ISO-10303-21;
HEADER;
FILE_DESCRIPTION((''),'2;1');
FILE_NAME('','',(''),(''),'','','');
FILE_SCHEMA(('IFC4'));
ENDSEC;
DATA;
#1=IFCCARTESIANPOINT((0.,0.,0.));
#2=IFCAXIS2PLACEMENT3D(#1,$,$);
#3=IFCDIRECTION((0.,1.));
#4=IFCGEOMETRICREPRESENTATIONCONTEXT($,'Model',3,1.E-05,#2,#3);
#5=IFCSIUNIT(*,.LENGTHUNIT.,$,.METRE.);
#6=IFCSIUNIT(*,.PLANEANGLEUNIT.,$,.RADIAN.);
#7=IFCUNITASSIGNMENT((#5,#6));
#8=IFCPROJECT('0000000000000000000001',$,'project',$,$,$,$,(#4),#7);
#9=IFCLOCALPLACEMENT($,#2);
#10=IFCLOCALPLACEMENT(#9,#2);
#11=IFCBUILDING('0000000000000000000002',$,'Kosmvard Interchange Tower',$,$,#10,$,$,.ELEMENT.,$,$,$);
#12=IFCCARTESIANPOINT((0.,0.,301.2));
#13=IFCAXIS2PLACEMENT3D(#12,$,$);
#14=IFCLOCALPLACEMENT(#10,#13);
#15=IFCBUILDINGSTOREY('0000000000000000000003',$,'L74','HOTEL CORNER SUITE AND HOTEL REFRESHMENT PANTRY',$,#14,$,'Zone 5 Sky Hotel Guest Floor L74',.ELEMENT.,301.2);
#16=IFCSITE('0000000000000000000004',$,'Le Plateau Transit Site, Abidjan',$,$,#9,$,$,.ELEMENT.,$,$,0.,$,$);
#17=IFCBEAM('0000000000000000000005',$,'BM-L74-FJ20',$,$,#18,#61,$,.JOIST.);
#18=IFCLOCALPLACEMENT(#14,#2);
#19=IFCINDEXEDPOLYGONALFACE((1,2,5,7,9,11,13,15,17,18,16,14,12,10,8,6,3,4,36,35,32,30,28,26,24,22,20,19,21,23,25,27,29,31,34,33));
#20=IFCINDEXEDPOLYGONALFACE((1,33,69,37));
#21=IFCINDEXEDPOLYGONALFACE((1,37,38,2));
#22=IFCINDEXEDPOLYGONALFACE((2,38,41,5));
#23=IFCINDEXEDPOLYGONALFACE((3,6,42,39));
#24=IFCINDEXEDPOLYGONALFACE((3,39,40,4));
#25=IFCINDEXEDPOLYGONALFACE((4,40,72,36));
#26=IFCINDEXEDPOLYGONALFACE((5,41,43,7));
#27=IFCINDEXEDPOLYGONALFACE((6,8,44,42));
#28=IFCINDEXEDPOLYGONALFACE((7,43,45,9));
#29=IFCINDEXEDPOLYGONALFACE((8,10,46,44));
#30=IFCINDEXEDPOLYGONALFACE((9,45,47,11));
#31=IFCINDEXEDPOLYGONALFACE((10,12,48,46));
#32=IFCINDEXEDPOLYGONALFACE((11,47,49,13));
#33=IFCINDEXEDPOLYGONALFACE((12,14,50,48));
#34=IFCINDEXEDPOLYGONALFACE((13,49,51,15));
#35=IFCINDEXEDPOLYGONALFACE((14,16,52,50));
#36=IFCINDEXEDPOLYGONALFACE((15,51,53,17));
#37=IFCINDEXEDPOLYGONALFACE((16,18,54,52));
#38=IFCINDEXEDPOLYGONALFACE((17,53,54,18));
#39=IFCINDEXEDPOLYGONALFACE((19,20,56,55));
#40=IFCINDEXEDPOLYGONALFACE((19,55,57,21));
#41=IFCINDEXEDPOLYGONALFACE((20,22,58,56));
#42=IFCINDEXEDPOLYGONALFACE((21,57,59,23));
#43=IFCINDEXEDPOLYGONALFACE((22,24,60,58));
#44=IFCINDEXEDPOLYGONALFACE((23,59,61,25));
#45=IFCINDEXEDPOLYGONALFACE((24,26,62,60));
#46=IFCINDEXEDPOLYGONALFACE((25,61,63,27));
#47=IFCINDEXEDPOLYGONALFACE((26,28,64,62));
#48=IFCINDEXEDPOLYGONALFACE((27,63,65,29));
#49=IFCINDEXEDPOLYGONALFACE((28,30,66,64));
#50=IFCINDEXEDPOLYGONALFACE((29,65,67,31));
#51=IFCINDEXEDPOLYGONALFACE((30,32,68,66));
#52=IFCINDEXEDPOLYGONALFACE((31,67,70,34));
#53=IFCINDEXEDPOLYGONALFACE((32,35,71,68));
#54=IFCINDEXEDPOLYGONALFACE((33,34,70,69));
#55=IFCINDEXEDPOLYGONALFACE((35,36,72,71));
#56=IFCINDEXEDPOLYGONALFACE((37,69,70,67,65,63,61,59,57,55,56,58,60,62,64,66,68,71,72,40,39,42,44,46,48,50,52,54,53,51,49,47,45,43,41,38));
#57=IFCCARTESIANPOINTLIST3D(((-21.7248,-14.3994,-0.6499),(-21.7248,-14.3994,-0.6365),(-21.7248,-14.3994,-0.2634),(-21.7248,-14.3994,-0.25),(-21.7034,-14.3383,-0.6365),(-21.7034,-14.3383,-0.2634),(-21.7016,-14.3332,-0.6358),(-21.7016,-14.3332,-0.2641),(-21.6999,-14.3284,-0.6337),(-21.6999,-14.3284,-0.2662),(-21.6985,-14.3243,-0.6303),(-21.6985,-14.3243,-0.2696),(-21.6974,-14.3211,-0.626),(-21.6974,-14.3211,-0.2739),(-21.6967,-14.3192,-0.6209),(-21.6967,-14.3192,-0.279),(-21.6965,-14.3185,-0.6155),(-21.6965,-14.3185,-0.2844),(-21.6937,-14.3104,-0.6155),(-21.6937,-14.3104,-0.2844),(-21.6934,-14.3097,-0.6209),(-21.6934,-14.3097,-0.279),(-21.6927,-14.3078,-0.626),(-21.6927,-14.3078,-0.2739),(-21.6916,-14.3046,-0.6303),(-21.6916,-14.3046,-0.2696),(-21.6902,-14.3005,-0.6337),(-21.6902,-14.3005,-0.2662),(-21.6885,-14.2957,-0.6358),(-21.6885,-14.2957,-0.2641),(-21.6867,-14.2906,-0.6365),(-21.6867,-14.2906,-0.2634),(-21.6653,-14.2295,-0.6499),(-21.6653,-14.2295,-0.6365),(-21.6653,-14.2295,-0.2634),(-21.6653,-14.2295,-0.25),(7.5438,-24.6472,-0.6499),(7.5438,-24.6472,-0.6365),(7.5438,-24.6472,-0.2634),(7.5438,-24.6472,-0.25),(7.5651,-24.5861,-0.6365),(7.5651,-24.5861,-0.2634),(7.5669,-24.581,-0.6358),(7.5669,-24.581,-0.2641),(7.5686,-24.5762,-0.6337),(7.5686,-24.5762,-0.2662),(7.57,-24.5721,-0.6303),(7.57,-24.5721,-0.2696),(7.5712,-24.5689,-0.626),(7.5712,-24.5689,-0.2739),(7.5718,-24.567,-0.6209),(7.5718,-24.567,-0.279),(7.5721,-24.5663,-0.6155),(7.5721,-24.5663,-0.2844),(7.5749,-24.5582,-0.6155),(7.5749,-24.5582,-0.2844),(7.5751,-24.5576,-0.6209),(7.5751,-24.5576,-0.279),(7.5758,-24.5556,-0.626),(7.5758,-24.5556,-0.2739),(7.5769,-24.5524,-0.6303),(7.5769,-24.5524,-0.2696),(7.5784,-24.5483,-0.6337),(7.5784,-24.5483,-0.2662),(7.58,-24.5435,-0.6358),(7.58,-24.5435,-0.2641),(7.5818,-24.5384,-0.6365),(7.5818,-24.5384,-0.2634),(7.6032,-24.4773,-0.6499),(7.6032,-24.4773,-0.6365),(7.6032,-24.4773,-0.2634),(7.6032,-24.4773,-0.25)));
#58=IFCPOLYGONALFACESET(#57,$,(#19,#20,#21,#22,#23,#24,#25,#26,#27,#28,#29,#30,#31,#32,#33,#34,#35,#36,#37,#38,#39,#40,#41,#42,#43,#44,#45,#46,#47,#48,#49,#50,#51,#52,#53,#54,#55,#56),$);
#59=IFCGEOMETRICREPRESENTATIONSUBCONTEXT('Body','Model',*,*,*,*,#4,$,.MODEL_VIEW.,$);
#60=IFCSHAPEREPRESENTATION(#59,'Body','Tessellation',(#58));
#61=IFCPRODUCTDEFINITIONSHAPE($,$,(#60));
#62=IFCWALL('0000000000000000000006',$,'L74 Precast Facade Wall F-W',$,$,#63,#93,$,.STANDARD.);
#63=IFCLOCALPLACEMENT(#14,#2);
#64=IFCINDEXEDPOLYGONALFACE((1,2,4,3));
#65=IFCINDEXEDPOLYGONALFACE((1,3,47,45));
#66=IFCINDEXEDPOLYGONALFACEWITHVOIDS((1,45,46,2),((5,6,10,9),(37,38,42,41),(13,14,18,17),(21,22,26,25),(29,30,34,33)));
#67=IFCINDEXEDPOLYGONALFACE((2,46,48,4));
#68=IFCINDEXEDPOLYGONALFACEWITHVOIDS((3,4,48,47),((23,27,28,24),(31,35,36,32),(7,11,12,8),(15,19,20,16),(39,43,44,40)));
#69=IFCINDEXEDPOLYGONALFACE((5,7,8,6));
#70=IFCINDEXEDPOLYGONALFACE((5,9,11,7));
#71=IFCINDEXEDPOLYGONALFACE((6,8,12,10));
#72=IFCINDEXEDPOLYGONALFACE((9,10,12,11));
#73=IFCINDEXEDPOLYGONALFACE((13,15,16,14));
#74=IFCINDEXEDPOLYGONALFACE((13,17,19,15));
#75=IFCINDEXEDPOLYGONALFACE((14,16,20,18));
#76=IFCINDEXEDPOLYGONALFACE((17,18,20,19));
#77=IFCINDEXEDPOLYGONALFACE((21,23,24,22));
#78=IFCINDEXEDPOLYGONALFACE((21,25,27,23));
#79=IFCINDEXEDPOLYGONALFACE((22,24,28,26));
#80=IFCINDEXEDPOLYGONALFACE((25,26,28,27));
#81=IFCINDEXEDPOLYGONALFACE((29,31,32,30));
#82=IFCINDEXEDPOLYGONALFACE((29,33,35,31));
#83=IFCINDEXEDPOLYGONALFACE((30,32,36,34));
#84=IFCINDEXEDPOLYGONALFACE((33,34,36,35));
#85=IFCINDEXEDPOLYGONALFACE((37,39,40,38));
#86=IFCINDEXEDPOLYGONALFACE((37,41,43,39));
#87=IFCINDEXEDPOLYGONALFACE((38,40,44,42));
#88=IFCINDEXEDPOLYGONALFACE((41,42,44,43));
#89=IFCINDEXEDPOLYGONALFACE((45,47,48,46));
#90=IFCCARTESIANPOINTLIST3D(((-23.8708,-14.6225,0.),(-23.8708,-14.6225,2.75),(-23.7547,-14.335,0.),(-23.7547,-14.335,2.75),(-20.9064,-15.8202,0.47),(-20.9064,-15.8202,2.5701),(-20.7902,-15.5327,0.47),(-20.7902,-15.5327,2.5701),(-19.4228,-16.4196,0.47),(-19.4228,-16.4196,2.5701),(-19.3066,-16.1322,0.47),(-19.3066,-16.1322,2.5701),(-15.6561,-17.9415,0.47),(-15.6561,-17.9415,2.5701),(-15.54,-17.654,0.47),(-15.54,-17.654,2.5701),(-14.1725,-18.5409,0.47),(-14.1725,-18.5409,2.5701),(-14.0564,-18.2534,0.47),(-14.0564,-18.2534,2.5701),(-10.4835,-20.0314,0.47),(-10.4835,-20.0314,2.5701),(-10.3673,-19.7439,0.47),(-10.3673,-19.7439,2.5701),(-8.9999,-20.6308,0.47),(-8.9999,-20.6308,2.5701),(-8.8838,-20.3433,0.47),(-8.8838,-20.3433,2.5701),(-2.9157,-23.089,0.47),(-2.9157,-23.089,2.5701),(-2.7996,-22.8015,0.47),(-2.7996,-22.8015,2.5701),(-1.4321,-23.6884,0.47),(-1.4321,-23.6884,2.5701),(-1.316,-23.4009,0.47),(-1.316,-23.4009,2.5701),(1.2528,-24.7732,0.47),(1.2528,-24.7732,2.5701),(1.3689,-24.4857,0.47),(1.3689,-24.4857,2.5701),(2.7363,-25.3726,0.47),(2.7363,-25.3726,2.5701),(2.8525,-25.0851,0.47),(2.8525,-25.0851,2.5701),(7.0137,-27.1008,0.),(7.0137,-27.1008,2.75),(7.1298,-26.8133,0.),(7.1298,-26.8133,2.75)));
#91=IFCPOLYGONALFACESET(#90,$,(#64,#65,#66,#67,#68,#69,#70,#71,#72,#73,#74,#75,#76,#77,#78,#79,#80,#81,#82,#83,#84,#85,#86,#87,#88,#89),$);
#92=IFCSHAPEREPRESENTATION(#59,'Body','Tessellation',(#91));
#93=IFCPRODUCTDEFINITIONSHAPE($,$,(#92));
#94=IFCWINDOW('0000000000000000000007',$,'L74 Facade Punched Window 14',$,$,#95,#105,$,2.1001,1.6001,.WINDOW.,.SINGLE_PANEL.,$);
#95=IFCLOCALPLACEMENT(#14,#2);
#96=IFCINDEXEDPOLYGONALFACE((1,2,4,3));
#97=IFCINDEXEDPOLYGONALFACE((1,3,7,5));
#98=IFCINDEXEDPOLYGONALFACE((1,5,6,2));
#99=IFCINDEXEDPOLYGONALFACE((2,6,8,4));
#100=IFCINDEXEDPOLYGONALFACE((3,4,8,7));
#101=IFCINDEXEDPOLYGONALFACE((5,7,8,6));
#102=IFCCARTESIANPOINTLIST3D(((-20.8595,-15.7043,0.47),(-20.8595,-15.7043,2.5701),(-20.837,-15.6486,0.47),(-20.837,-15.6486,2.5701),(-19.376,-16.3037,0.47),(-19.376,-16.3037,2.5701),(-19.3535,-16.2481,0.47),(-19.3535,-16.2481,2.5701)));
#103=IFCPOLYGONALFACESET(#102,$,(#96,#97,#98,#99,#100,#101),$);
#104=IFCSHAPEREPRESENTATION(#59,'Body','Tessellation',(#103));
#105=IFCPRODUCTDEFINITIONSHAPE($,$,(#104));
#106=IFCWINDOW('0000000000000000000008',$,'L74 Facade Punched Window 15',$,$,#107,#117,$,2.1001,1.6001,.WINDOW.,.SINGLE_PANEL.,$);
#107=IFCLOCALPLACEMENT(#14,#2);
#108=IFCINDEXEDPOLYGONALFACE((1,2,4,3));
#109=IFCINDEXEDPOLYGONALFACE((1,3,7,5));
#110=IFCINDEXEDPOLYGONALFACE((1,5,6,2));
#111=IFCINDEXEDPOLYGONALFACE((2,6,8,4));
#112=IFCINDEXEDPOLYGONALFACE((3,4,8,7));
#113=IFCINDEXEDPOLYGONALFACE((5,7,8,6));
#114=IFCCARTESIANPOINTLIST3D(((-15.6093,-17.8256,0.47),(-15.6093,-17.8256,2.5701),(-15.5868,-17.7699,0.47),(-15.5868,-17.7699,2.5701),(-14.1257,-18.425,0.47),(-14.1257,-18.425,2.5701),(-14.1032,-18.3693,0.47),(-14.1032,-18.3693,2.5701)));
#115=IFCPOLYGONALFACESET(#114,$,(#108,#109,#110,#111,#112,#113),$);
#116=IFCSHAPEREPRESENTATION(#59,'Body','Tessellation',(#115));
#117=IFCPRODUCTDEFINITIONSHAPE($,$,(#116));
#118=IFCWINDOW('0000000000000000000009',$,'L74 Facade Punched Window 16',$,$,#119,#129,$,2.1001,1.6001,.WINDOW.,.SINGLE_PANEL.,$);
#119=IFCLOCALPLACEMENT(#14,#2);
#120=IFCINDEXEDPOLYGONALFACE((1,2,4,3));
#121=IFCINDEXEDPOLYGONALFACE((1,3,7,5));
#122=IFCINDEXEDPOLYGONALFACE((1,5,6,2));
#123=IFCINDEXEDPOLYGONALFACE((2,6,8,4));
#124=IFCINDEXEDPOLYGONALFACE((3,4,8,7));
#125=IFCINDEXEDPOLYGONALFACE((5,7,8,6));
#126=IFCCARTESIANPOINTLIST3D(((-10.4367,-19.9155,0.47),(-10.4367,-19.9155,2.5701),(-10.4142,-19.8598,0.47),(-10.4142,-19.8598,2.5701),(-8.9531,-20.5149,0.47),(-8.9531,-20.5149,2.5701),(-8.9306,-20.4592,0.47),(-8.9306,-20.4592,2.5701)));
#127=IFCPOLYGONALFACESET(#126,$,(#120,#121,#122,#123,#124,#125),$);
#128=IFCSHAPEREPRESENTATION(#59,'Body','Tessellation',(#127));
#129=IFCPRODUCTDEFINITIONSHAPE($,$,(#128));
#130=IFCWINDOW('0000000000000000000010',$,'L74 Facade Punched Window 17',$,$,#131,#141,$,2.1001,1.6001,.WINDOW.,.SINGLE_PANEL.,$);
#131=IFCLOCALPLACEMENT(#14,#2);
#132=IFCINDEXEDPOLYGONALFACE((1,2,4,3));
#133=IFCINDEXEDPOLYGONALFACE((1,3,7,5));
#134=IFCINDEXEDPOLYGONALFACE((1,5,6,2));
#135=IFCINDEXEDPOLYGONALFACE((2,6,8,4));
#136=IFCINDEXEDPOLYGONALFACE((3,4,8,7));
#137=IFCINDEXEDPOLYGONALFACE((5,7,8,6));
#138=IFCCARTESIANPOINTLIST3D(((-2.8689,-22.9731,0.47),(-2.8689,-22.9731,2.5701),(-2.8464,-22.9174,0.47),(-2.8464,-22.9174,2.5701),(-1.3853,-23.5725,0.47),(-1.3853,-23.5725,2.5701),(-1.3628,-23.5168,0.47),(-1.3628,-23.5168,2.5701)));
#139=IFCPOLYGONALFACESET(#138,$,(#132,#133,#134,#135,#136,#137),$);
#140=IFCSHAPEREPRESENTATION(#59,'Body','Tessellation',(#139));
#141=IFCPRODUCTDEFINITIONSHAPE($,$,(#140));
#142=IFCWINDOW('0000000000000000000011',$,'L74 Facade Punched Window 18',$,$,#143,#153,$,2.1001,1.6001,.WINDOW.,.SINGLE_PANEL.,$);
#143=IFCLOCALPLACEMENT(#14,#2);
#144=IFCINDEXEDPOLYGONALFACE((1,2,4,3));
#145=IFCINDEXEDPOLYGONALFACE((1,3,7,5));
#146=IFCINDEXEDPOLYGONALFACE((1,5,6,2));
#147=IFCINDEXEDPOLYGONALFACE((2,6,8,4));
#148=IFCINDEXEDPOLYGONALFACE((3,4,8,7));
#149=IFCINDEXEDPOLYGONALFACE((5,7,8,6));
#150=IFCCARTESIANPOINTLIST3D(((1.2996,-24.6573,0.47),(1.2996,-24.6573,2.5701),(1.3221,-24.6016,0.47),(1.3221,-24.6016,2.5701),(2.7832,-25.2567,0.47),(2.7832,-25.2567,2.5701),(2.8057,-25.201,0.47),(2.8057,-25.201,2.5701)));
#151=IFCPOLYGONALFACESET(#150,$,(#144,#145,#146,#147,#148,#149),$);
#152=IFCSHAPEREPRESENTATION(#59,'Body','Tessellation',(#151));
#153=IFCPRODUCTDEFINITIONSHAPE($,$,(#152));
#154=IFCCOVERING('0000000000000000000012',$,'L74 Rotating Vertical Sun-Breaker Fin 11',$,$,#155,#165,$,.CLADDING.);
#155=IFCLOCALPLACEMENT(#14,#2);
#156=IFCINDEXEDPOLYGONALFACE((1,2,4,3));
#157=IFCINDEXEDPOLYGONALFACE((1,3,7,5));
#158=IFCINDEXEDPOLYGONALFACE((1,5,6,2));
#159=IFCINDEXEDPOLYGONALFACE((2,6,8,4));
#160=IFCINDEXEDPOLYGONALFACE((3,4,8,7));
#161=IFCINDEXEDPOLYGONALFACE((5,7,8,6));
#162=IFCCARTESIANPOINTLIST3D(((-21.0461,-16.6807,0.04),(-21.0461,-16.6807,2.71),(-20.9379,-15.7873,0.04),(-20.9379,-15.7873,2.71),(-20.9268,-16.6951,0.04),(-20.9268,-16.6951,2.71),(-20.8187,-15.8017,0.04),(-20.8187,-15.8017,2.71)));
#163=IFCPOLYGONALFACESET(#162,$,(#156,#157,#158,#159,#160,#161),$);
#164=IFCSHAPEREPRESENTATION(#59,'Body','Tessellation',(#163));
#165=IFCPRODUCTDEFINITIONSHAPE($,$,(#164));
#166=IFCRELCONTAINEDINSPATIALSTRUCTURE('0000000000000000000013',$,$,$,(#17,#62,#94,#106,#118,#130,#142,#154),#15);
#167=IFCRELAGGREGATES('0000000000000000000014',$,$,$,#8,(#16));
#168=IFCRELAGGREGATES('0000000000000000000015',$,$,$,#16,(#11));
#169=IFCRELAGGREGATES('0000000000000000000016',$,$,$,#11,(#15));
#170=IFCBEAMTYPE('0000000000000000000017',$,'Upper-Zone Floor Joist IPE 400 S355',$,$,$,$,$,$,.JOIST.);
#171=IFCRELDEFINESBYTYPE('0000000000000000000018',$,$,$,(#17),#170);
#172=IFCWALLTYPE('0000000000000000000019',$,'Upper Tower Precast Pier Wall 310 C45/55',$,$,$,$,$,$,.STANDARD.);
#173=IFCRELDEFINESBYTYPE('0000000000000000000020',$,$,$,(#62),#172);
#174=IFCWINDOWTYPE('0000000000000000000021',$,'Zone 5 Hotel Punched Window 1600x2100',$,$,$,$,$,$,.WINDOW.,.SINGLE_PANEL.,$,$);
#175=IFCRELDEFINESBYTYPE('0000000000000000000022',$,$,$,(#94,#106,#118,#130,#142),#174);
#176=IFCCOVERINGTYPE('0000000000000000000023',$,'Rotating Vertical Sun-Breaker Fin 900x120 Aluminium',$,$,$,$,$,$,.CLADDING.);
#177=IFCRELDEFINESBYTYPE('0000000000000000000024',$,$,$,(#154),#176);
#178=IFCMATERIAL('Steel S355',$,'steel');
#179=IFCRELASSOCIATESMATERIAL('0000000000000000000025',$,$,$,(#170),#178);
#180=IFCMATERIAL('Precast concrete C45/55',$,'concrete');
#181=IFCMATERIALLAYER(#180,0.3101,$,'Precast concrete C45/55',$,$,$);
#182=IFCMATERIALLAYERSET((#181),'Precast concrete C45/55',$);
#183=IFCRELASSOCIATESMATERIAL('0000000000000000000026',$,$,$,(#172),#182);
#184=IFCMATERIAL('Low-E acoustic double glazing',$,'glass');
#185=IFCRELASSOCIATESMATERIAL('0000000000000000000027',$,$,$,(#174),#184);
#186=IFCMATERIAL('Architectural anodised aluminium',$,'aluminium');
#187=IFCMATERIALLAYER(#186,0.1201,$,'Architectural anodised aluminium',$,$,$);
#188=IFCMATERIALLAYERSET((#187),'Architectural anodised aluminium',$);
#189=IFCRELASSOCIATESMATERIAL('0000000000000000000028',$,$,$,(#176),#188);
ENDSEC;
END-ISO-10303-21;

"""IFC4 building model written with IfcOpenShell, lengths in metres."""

from ifc_helpers import new_model, si_unit, direction, frame, frame_2d, origin, origin_2d, place, context, subcontext, project, spatial, rectangle, i_section, extrude, source, transform, mapped, material, layer, layer_set, material_profile, profile_set, type_object, element, fill, save


model = new_model("IFC4")

# Units and contexts
model_context = context("Model", 3, precision=1e-05, world=origin(), true_north=direction((0.0, 1.0)))
body_context = subcontext(model_context, "Body", "Model", "MODEL_VIEW")
ifc_project = project(units=[si_unit("LENGTHUNIT", "METRE"), si_unit("PLANEANGLEUNIT", "RADIAN")], contexts=[model_context])

# Site, building, storey
site_placement = place(None, origin())
site = spatial("IfcSite", under=ifc_project, at=site_placement, Name="Le Plateau Transit Site, Abidjan", CompositionType="ELEMENT", RefElevation=0.0)
building_placement = place(site_placement, origin())
building = spatial("IfcBuilding", under=site, at=building_placement, Name="Kosmvard Interchange Tower", CompositionType="ELEMENT")
storey_placement = place(building_placement, frame((0.0, 0.0, 301.2)))
storey = spatial("IfcBuildingStorey", under=building, at=storey_placement, Name="L74", Description="HOTEL CORNER SUITE AND HOTEL REFRESHMENT PANTRY", LongName="Zone 5 Sky Hotel Guest Floor L74", CompositionType="ELEMENT", Elevation=301.2)

# Beam
ifc_material_1 = material(Name="Steel S355", Category="steel")
ifc_material_profile_1 = material_profile(ifc_material_1, i_section(OverallWidth=0.1799, OverallDepth=0.3999, WebThickness=0.0085, FlangeThickness=0.0134, FilletRadius=0.021, at=origin_2d()), Name="IPE 400")
ifc_profile_set_1 = profile_set([ifc_material_profile_1], Name="Steel S355")
beam_type_1 = type_object("IfcBeamType", Name="Upper-Zone Floor Joist IPE 400 S355", PredefinedType="JOIST", material=ifc_profile_set_1)
shared_shape_1 = source(origin(), body_context, "Body", "SweptSolid", [
    extrude(i_section(OverallWidth=0.1799, OverallDepth=0.3999, WebThickness=0.0085, FlangeThickness=0.0134, FilletRadius=0.021, at=origin_2d()), origin(), (0.0, 0.0, 1.0), 31.0107),
])
beam_1_placement = place(storey_placement, frame((-21.6951, -14.3145, -0.45), z_axis=(0.94382, -0.33046, 0.0), x_axis=(0.33046, 0.94382, 0.0)))
element("IfcBeam", 1, at=beam_1_placement, inside=storey, type_object=beam_type_1, Name="BM-L74-FJ20", PredefinedType="JOIST", context=body_context, shape_type="MappedRepresentation", body=[
    mapped(shared_shape_1, transform((0.0, 0.0, 0.0), scale=1.0)),
])

# Wall, openings, windows
ifc_material_2 = material(Name="Precast concrete C45/55", Category="concrete")
ifc_layer_1 = layer(ifc_material_2, 0.3101, Name="Precast concrete C45/55")
ifc_layer_set_1 = layer_set([ifc_layer_1], Name="Precast concrete C45/55")
wall_type = type_object("IfcWallType", Name="Upper Tower Precast Pier Wall 310 C45/55", PredefinedType="STANDARD", material=ifc_layer_set_1)
wall_placement = place(storey_placement, frame((-23.8127, -14.4788, 0.0), z_axis=(0.0, 0.0, 1.0), x_axis=(0.927183, -0.37461, 0.0)))
wall = element("IfcWall", 2, at=wall_placement, inside=storey, type_object=wall_type, Name="L74 Precast Facade Wall F-W", PredefinedType="STANDARD", context=body_context, shape_type="SweptSolid", body=[
    extrude(rectangle(XDim=33.3101, YDim=0.3101, at=frame_2d((16.655, 0.0))), origin(), (0.0, 0.0, 1.0), 2.75),
])
opening_1_placement = place(wall_placement, frame((3.1973, 0.0, 0.47)))
opening_1 = element("IfcOpeningElement", 3, at=opening_1_placement, cuts=wall, PredefinedType="OPENING", context=body_context, shape_type="SweptSolid", body=[
    extrude(rectangle(XDim=1.6001, YDim=2.1001, at=frame_2d((0.8, 1.05))), frame((0.0, 0.165, 0.0), z_axis=(0.0, -1.0, 0.0), x_axis=(1.0, 0.0, 0.0)), (0.0, 0.0, 1.0), 0.3301),
])
opening_2_placement = place(wall_placement, frame((8.8599, 0.0, 0.47)))
opening_2 = element("IfcOpeningElement", 4, at=opening_2_placement, cuts=wall, PredefinedType="OPENING", context=body_context, shape_type="SweptSolid", body=[
    extrude(rectangle(XDim=1.6001, YDim=2.1001, at=frame_2d((0.8, 1.05))), frame((0.0, 0.165, 0.0), z_axis=(0.0, -1.0, 0.0), x_axis=(1.0, 0.0, 0.0)), (0.0, 0.0, 1.0), 0.3301),
])
opening_3_placement = place(wall_placement, frame((14.4387, 0.0, 0.47)))
opening_3 = element("IfcOpeningElement", 5, at=opening_3_placement, cuts=wall, PredefinedType="OPENING", context=body_context, shape_type="SweptSolid", body=[
    extrude(rectangle(XDim=1.6001, YDim=2.1001, at=frame_2d((0.8, 1.05))), frame((0.0, 0.165, 0.0), z_axis=(0.0, -1.0, 0.0), x_axis=(1.0, 0.0, 0.0)), (0.0, 0.0, 1.0), 0.3301),
])
opening_4_placement = place(wall_placement, frame((22.6008, 0.0, 0.47)))
opening_4 = element("IfcOpeningElement", 6, at=opening_4_placement, cuts=wall, PredefinedType="OPENING", context=body_context, shape_type="SweptSolid", body=[
    extrude(rectangle(XDim=1.6001, YDim=2.1001, at=frame_2d((0.8, 1.05))), frame((0.0, 0.165, 0.0), z_axis=(0.0, -1.0, 0.0), x_axis=(1.0, 0.0, 0.0)), (0.0, 0.0, 1.0), 0.3301),
])
opening_5_placement = place(wall_placement, frame((27.0967, 0.0, 0.47)))
opening_5 = element("IfcOpeningElement", 7, at=opening_5_placement, cuts=wall, PredefinedType="OPENING", context=body_context, shape_type="SweptSolid", body=[
    extrude(rectangle(XDim=1.6001, YDim=2.1001, at=frame_2d((0.8, 1.05))), frame((0.0, 0.165, 0.0), z_axis=(0.0, -1.0, 0.0), x_axis=(1.0, 0.0, 0.0)), (0.0, 0.0, 1.0), 0.3301),
])
ifc_material_3 = material(Name="Low-E acoustic double glazing", Category="glass")
window_type = type_object("IfcWindowType", Name="Zone 5 Hotel Punched Window 1600x2100", PartitioningType="SINGLE_PANEL", PredefinedType="WINDOW", material=ifc_material_3)
shared_shape_2 = source(origin(), body_context, "Body", "SweptSolid", [
    extrude(rectangle(XDim=1.6001, YDim=2.1001, at=frame_2d((0.8, 1.05))), frame((0.0, 0.03, 0.0), z_axis=(0.0, -1.0, 0.0), x_axis=(1.0, 0.0, 0.0)), (0.0, 0.0, 1.0), 0.0601),
])
window_1_placement = place(opening_1_placement, origin())
window_1 = element("IfcWindow", 8, at=window_1_placement, inside=storey, type_object=window_type, Name="L74 Facade Punched Window 14", OverallHeight=2.1001, OverallWidth=1.6001, PartitioningType="SINGLE_PANEL", PredefinedType="WINDOW", context=body_context, shape_type="MappedRepresentation", body=[
    mapped(shared_shape_2, transform((0.0, 0.0, 0.0), scale=1.0)),
])
fill(opening_1, window_1)
window_2_placement = place(opening_2_placement, origin())
window_2 = element("IfcWindow", 9, at=window_2_placement, inside=storey, type_object=window_type, Name="L74 Facade Punched Window 15", OverallHeight=2.1001, OverallWidth=1.6001, PartitioningType="SINGLE_PANEL", PredefinedType="WINDOW", context=body_context, shape_type="MappedRepresentation", body=[
    mapped(shared_shape_2, transform((0.0, 0.0, 0.0), scale=1.0)),
])
fill(opening_2, window_2)
window_3_placement = place(opening_3_placement, origin())
window_3 = element("IfcWindow", 10, at=window_3_placement, inside=storey, type_object=window_type, Name="L74 Facade Punched Window 16", OverallHeight=2.1001, OverallWidth=1.6001, PartitioningType="SINGLE_PANEL", PredefinedType="WINDOW", context=body_context, shape_type="MappedRepresentation", body=[
    mapped(shared_shape_2, transform((0.0, 0.0, 0.0), scale=1.0)),
])
fill(opening_3, window_3)
window_4_placement = place(opening_4_placement, origin())
window_4 = element("IfcWindow", 11, at=window_4_placement, inside=storey, type_object=window_type, Name="L74 Facade Punched Window 17", OverallHeight=2.1001, OverallWidth=1.6001, PartitioningType="SINGLE_PANEL", PredefinedType="WINDOW", context=body_context, shape_type="MappedRepresentation", body=[
    mapped(shared_shape_2, transform((0.0, 0.0, 0.0), scale=1.0)),
])
fill(opening_4, window_4)
window_5_placement = place(opening_5_placement, origin())
window_5 = element("IfcWindow", 12, at=window_5_placement, inside=storey, type_object=window_type, Name="L74 Facade Punched Window 18", OverallHeight=2.1001, OverallWidth=1.6001, PartitioningType="SINGLE_PANEL", PredefinedType="WINDOW", context=body_context, shape_type="MappedRepresentation", body=[
    mapped(shared_shape_2, transform((0.0, 0.0, 0.0), scale=1.0)),
])
fill(opening_5, window_5)

# Covering
ifc_material_4 = material(Name="Architectural anodised aluminium", Category="aluminium")
ifc_layer_2 = layer(ifc_material_4, 0.1201, Name="Architectural anodised aluminium")
ifc_layer_set_2 = layer_set([ifc_layer_2], Name="Architectural anodised aluminium")
covering_type = type_object("IfcCoveringType", Name="Rotating Vertical Sun-Breaker Fin 900x120 Aluminium", PredefinedType="CLADDING", material=ifc_layer_set_2)
shared_shape_3 = source(origin(), body_context, "Body", "SweptSolid", [
    extrude(rectangle(XDim=0.8999, YDim=0.1201, at=origin_2d()), origin(), (0.0, 0.0, 1.0), 2.6699),
])
for number, where, z_axis, x_axis, name in (
    (13, (-20.9324, -16.2412, 0.04), (0.0, 0.0, 1.0), (-0.120137, -0.992757, 0.0), "L74 Rotating Vertical Sun-Breaker Fin 11"),
):
    element("IfcCovering", number, at=place(storey_placement, frame(where, z_axis=z_axis, x_axis=x_axis)), inside=storey, type_object=covering_type, Name=name, PredefinedType="CLADDING", context=body_context, shape_type="MappedRepresentation", body=[
        mapped(shared_shape_3, transform((0.0, 0.0, 0.0), scale=1.0)),
    ])

save(model, "model.ifc")
